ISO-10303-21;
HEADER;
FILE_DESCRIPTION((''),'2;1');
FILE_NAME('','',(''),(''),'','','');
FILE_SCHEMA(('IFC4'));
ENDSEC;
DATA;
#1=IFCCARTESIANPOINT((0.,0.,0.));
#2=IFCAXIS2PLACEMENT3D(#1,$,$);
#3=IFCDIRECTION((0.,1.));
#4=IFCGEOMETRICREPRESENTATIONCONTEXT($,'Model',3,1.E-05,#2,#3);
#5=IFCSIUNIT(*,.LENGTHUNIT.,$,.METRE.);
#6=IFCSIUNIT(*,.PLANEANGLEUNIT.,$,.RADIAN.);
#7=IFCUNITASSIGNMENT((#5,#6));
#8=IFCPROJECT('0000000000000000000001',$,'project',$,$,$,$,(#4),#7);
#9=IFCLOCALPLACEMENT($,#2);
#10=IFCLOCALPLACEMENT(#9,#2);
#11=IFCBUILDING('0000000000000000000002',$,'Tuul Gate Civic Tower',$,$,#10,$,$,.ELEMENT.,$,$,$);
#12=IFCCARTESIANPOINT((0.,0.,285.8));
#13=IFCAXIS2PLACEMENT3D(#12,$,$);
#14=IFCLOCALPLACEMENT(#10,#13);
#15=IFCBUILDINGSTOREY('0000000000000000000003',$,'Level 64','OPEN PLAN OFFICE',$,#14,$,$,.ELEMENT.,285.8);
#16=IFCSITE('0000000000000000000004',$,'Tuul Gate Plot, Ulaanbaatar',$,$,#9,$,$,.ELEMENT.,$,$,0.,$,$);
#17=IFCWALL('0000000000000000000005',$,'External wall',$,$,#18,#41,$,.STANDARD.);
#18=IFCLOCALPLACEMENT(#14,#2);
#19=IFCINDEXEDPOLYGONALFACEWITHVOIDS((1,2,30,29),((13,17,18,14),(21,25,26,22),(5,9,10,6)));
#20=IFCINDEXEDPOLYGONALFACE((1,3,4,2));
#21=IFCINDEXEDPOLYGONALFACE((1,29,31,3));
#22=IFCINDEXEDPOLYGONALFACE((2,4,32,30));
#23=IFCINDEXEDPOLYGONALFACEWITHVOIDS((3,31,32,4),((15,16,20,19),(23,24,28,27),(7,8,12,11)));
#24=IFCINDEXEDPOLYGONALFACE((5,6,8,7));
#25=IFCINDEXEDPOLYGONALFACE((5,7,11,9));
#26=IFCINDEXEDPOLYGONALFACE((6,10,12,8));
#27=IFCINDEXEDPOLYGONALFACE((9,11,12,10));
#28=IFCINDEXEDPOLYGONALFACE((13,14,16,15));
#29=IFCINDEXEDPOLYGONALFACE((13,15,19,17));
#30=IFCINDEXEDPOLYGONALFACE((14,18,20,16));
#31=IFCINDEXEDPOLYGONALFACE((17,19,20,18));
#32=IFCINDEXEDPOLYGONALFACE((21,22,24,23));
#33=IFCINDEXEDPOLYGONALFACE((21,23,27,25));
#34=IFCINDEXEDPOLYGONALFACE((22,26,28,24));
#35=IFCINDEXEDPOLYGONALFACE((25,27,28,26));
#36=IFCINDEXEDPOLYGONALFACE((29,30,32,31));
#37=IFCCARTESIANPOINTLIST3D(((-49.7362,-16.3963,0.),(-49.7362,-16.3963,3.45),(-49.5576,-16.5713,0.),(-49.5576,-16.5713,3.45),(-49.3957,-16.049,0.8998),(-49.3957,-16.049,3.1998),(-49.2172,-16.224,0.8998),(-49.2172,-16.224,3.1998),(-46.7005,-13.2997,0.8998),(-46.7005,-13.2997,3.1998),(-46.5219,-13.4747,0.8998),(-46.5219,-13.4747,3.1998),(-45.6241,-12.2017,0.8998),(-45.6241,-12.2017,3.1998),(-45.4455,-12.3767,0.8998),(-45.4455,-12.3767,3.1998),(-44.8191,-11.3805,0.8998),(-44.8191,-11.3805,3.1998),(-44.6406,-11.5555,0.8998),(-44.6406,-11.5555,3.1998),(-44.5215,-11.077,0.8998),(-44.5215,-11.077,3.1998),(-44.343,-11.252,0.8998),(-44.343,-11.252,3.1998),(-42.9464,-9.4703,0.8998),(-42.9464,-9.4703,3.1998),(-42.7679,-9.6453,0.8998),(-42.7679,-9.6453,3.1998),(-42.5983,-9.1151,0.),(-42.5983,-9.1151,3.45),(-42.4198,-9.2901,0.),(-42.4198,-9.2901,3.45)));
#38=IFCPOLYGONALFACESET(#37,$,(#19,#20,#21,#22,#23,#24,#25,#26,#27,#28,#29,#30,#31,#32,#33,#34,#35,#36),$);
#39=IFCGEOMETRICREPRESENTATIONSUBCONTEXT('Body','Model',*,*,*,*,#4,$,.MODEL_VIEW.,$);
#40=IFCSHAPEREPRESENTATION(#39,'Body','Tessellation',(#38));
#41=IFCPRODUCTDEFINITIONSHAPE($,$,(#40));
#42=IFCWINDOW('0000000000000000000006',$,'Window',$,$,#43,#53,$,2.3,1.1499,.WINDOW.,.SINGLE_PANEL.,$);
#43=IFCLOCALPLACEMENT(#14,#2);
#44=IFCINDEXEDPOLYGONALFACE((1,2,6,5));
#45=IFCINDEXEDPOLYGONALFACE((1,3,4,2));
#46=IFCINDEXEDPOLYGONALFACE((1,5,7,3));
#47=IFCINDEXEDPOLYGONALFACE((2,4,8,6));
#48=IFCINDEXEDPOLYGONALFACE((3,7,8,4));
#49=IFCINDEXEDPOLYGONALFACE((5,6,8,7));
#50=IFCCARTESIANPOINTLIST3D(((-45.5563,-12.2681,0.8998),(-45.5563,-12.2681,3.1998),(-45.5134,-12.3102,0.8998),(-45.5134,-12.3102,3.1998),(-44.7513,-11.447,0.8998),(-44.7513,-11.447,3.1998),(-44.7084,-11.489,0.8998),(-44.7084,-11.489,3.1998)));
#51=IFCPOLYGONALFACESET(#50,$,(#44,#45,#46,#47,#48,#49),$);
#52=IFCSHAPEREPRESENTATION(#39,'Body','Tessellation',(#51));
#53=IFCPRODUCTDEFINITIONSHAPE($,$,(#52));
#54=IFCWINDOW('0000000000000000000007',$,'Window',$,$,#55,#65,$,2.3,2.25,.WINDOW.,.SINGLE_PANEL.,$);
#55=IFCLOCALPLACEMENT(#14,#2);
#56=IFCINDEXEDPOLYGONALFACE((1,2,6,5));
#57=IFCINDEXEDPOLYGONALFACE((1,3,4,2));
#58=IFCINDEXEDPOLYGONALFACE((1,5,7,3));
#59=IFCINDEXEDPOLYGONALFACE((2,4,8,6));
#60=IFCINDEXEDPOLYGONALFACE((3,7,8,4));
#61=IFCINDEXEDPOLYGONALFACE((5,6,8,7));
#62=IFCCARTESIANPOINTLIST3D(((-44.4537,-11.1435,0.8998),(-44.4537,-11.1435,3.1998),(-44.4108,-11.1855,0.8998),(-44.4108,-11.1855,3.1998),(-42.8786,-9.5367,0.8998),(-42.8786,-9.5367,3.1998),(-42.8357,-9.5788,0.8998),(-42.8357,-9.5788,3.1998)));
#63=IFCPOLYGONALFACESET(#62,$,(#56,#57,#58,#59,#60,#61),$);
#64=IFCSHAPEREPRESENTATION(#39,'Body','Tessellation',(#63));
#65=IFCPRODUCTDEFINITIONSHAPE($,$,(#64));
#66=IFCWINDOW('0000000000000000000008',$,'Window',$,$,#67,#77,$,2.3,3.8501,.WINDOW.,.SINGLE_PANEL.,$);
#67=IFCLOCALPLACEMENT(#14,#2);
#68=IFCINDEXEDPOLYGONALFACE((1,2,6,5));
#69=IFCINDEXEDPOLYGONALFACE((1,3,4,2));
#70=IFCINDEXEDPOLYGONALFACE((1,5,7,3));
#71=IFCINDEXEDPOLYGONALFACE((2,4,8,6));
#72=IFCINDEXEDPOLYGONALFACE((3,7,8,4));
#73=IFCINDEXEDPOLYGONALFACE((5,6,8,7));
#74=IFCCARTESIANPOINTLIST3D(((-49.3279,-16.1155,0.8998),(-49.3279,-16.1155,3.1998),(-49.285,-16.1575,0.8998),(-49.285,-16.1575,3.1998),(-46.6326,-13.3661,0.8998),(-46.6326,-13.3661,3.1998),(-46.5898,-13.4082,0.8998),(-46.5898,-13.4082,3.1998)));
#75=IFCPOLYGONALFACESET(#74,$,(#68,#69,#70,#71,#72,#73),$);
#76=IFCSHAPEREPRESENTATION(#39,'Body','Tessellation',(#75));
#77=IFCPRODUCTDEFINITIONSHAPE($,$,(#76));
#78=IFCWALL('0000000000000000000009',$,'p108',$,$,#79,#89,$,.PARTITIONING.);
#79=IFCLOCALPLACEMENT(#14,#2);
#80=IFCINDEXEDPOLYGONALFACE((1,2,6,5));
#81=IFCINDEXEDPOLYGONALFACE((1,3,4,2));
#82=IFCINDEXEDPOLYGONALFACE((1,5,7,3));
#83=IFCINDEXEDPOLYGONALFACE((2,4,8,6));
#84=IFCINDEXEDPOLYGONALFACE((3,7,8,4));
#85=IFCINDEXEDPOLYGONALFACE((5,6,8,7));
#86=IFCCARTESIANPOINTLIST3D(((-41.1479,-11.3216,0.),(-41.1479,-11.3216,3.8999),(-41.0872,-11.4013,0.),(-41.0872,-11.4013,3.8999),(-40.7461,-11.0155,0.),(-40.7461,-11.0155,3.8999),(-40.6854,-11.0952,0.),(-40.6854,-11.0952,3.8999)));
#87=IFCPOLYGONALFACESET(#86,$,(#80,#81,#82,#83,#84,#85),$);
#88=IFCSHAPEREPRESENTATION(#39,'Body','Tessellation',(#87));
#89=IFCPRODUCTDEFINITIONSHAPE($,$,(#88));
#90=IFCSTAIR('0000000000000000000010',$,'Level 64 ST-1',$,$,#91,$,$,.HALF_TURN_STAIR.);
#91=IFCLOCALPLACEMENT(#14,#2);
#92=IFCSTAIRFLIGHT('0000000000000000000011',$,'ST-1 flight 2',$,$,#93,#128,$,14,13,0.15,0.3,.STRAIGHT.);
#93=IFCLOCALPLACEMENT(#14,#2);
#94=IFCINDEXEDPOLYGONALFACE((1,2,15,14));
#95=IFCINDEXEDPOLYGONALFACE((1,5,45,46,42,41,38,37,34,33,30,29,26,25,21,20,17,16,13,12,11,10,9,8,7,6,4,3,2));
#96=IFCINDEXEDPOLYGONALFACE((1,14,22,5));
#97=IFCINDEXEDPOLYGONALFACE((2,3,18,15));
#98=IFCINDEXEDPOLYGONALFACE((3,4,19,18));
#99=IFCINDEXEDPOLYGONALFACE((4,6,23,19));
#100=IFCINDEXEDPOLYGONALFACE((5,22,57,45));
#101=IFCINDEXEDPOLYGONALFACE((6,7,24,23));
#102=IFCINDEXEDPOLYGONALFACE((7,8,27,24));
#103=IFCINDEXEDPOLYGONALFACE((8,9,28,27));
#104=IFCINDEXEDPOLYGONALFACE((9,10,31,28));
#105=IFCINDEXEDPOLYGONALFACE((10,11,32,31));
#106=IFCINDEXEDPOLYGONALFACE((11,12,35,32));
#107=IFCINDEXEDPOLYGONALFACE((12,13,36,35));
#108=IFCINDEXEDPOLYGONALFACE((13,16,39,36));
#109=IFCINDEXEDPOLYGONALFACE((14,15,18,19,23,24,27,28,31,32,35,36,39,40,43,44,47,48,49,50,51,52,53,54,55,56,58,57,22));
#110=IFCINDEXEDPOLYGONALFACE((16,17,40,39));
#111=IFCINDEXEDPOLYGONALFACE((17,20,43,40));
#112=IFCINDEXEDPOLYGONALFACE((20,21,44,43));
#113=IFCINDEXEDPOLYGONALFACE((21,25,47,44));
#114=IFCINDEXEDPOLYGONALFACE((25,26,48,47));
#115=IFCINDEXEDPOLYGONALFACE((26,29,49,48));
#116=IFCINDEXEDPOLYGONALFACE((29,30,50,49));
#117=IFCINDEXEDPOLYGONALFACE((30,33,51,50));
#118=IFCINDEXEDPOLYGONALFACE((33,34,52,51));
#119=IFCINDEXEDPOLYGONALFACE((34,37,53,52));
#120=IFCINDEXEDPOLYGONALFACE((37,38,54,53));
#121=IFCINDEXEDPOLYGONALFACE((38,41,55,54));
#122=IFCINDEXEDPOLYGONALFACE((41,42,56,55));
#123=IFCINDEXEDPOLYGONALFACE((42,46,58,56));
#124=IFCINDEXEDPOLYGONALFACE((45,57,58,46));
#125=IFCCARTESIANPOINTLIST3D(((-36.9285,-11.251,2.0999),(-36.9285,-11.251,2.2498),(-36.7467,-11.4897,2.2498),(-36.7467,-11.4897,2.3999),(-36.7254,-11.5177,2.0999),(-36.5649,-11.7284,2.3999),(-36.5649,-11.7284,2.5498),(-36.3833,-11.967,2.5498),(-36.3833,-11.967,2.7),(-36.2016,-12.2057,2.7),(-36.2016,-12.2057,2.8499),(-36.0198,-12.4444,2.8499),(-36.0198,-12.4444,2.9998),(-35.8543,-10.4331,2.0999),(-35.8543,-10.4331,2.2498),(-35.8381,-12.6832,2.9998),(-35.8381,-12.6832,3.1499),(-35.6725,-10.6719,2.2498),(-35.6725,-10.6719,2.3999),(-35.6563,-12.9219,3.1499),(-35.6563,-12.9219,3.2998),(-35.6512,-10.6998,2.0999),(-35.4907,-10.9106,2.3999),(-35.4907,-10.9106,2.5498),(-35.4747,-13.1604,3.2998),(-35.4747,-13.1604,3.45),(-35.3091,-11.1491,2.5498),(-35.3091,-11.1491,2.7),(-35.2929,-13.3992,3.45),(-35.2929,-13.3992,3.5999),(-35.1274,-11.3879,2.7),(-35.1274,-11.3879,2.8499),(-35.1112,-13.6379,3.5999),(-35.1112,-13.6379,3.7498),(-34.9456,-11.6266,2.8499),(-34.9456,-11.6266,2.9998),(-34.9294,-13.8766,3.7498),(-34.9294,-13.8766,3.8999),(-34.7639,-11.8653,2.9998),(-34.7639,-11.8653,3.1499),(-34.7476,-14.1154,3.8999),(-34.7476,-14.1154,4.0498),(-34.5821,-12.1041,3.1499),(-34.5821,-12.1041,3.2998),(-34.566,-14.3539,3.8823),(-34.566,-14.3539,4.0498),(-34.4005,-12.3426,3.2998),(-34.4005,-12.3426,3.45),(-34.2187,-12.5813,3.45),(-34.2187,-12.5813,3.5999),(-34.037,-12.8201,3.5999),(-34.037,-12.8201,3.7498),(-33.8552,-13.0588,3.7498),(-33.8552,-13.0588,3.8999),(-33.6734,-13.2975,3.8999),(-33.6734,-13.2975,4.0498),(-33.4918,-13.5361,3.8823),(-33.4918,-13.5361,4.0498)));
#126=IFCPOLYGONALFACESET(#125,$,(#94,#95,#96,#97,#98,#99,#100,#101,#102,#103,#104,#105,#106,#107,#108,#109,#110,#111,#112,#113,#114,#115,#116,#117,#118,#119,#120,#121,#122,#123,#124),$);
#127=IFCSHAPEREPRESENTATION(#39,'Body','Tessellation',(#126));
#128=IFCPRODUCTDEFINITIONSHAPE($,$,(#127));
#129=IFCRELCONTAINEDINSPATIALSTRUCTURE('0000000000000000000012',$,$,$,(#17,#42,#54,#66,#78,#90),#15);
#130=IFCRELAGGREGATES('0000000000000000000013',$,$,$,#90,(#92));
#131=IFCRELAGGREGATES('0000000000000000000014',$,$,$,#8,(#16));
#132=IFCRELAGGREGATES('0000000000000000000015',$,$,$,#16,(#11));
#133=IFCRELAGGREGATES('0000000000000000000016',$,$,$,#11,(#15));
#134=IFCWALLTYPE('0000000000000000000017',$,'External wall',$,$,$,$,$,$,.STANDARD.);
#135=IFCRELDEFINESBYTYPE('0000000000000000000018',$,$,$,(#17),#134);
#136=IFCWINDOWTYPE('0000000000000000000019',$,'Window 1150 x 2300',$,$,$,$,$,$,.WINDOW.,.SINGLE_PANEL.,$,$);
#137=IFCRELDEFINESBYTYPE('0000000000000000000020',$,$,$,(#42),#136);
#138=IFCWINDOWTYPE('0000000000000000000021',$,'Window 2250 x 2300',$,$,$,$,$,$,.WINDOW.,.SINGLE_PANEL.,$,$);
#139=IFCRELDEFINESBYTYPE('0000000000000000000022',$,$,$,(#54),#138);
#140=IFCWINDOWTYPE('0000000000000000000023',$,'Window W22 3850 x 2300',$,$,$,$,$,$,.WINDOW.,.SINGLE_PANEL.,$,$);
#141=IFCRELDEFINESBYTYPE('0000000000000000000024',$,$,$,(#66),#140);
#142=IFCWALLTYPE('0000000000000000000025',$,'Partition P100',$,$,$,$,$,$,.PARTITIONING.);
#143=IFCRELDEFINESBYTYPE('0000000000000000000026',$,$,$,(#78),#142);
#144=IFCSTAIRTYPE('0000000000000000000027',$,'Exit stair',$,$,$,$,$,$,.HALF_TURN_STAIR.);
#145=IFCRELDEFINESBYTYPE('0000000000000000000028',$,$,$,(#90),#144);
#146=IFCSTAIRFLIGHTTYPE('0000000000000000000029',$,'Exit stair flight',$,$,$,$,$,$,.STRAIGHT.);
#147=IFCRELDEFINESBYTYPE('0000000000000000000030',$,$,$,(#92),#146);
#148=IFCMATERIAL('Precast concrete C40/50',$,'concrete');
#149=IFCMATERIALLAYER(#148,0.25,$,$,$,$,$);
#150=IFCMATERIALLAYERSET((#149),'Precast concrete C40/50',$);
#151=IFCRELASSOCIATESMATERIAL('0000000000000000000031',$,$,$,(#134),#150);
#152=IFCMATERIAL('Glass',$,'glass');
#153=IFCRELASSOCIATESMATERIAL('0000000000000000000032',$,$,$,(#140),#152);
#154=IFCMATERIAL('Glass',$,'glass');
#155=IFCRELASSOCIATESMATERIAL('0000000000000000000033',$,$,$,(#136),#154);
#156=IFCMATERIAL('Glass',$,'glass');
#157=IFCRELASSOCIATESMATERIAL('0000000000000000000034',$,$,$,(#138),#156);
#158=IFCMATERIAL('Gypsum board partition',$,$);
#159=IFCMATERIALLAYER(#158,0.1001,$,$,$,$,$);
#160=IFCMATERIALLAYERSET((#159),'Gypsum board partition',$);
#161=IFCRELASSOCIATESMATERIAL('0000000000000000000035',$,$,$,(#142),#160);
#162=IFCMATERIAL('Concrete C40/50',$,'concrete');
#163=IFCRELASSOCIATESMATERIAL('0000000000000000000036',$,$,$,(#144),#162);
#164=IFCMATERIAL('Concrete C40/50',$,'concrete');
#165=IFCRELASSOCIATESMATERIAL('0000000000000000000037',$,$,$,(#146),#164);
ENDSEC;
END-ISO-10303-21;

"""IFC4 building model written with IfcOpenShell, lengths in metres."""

from ifc_helpers import new_model, si_unit, direction, frame, frame_2d, origin, place, context, subcontext, project, spatial, polyline, rectangle, outline, extrude, material, layer, layer_set, type_object, element, fill, aggregate, save


model = new_model("IFC4")

# Units and contexts
model_context = context("Model", 3, precision=1e-05, world=origin(), true_north=direction((0.0, 1.0)))
body_context = subcontext(model_context, "Body", "Model", "MODEL_VIEW")
ifc_project = project(units=[si_unit("LENGTHUNIT", "METRE"), si_unit("PLANEANGLEUNIT", "RADIAN")], contexts=[model_context])

# Site, building, storey
site_placement = place(None, origin())
site = spatial("IfcSite", under=ifc_project, at=site_placement, Name="Tuul Gate Plot, Ulaanbaatar", CompositionType="ELEMENT", RefElevation=0.0)
building_placement = place(site_placement, origin())
building = spatial("IfcBuilding", under=site, at=building_placement, Name="Tuul Gate Civic Tower", CompositionType="ELEMENT")
storey_placement = place(building_placement, frame((0.0, 0.0, 285.8)))
storey = spatial("IfcBuildingStorey", under=building, at=storey_placement, Name="Level 64", Description="OPEN PLAN OFFICE", CompositionType="ELEMENT", Elevation=285.8)

# Wall, openings, windows
ifc_material_1 = material(Name="Precast concrete C40/50", Category="concrete")
ifc_layer_1 = layer(ifc_material_1, 0.25)
ifc_layer_set_1 = layer_set([ifc_layer_1], Name="Precast concrete C40/50")
wall_type_1 = type_object("IfcWallType", Name="External wall", PredefinedType="STANDARD", material=ifc_layer_set_1)
ifc_material_2 = material(Name="Glass", Category="glass")
window_type_1 = type_object("IfcWindowType", Name="Window W22 3850 x 2300", PartitioningType="SINGLE_PANEL", PredefinedType="WINDOW", material=ifc_material_2)
wall_1_placement = place(storey_placement, frame((-42.509, -9.2026, 0.0), z_axis=(0.0, 0.0, 1.0), x_axis=(-0.700044, -0.714099, 0.0)))
wall_1 = element("IfcWall", 1, at=wall_1_placement, inside=storey, type_object=wall_type_1, Name="External wall", PredefinedType="STANDARD", context=body_context, shape_type="SweptSolid", body=[
    extrude(rectangle(XDim=10.1963, YDim=0.25, at=frame_2d((5.0981, 0.0))), origin(), (0.0, 0.0, 1.0), 3.45),
])
opening_1_placement = place(wall_1_placement, frame((5.8599, 0.0, 0.8999)))
opening_1 = element("IfcOpeningElement", 2, at=opening_1_placement, cuts=wall_1, PredefinedType="OPENING", context=body_context, shape_type="SweptSolid", body=[
    extrude(rectangle(XDim=3.8501, YDim=2.3, at=frame_2d((1.925, 1.1499))), frame((0.0, 0.135, 0.0), z_axis=(0.0, -1.0, 0.0), x_axis=(1.0, 0.0, 0.0)), (0.0, 0.0, 1.0), 0.27),
])
opening_2_placement = place(wall_1_placement, frame((0.4973, 0.0, 0.8999)))
opening_2 = element("IfcOpeningElement", 3, at=opening_2_placement, cuts=wall_1, PredefinedType="OPENING", context=body_context, shape_type="SweptSolid", body=[
    extrude(rectangle(XDim=2.25, YDim=2.3, at=frame_2d((1.125, 1.1499))), frame((0.0, 0.135, 0.0), z_axis=(0.0, -1.0, 0.0), x_axis=(1.0, 0.0, 0.0)), (0.0, 0.0, 1.0), 0.27),
])
opening_3_placement = place(wall_1_placement, frame((3.1724, 0.0, 0.8999)))
opening_3 = element("IfcOpeningElement", 4, at=opening_3_placement, cuts=wall_1, PredefinedType="OPENING", context=body_context, shape_type="SweptSolid", body=[
    extrude(rectangle(XDim=1.1499, YDim=2.3, at=frame_2d((0.575, 1.1499))), frame((0.0, 0.135, 0.0), z_axis=(0.0, -1.0, 0.0), x_axis=(1.0, 0.0, 0.0)), (0.0, 0.0, 1.0), 0.27),
])
ifc_material_3 = material(Name="Glass", Category="glass")
window_type_2 = type_object("IfcWindowType", Name="Window 1150 x 2300", PartitioningType="SINGLE_PANEL", PredefinedType="WINDOW", material=ifc_material_3)
window_1_placement = place(opening_3_placement, origin())
window_1 = element("IfcWindow", 5, at=window_1_placement, inside=storey, type_object=window_type_2, Name="Window", OverallHeight=2.3, OverallWidth=1.1499, PartitioningType="SINGLE_PANEL", PredefinedType="WINDOW", context=body_context, shape_type="SweptSolid", body=[
    extrude(rectangle(XDim=1.1499, YDim=2.3, at=frame_2d((0.575, 1.1499))), frame((0.0, 0.03, 0.0), z_axis=(0.0, -1.0, 0.0), x_axis=(1.0, 0.0, 0.0)), (0.0, 0.0, 1.0), 0.0601),
])
fill(opening_3, window_1)
ifc_material_4 = material(Name="Glass", Category="glass")
window_type_3 = type_object("IfcWindowType", Name="Window 2250 x 2300", PartitioningType="SINGLE_PANEL", PredefinedType="WINDOW", material=ifc_material_4)
window_2_placement = place(opening_2_placement, origin())
window_2 = element("IfcWindow", 6, at=window_2_placement, inside=storey, type_object=window_type_3, Name="Window", OverallHeight=2.3, OverallWidth=2.25, PartitioningType="SINGLE_PANEL", PredefinedType="WINDOW", context=body_context, shape_type="SweptSolid", body=[
    extrude(rectangle(XDim=2.25, YDim=2.3, at=frame_2d((1.125, 1.1499))), frame((0.0, 0.03, 0.0), z_axis=(0.0, -1.0, 0.0), x_axis=(1.0, 0.0, 0.0)), (0.0, 0.0, 1.0), 0.0601),
])
fill(opening_2, window_2)
window_3_placement = place(opening_1_placement, origin())
window_3 = element("IfcWindow", 7, at=window_3_placement, inside=storey, type_object=window_type_1, Name="Window", OverallHeight=2.3, OverallWidth=3.8501, PartitioningType="SINGLE_PANEL", PredefinedType="WINDOW", context=body_context, shape_type="SweptSolid", body=[
    extrude(rectangle(XDim=3.8501, YDim=2.3, at=frame_2d((1.925, 1.1499))), frame((0.0, 0.03, 0.0), z_axis=(0.0, -1.0, 0.0), x_axis=(1.0, 0.0, 0.0)), (0.0, 0.0, 1.0), 0.0601),
])
fill(opening_1, window_3)

# Wall
ifc_material_5 = material(Name="Gypsum board partition")
ifc_layer_2 = layer(ifc_material_5, 0.1001)
ifc_layer_set_2 = layer_set([ifc_layer_2], Name="Gypsum board partition")
wall_type_2 = type_object("IfcWallType", Name="Partition P100", PredefinedType="PARTITIONING", material=ifc_layer_set_2)
wall_2_placement = place(storey_placement, frame((-40.7158, -11.0554, 0.0), z_axis=(0.0, 0.0, 1.0), x_axis=(-0.795454, -0.606014, 0.0)))
element("IfcWall", 8, at=wall_2_placement, inside=storey, type_object=wall_type_2, Name="p108", PredefinedType="PARTITIONING", context=body_context, shape_type="SweptSolid", body=[
    extrude(rectangle(XDim=0.5051, YDim=0.1001, at=frame_2d((0.2524, 0.0))), origin(), (0.0, 0.0, 1.0), 3.8999),
])

# Stair, stair flight
ifc_material_6 = material(Name="Concrete C40/50", Category="concrete")
stair_type = type_object("IfcStairType", Name="Exit stair", PredefinedType="HALF_TURN_STAIR", material=ifc_material_6)
stair_placement = place(storey_placement, origin())
stair = element("IfcStair", 9, at=stair_placement, inside=storey, type_object=stair_type, Name="Level 64 ST-1", PredefinedType="HALF_TURN_STAIR")
ifc_material_7 = material(Name="Concrete C40/50", Category="concrete")
stair_flight_type = type_object("IfcStairFlightType", Name="Exit stair flight", PredefinedType="STRAIGHT", material=ifc_material_7)
stair_flight_placement = place(storey_placement, frame((-36.3914, -10.842, 2.0999), z_axis=(0.0, 0.0, 1.0), x_axis=(0.605764, -0.795644, 0.0)))
stair_flight = element("IfcStairFlight", 10, at=stair_flight_placement, type_object=stair_flight_type, Name="ST-1 flight 2", NumberOfRisers=14, NumberOfTreads=13, PredefinedType="STRAIGHT", RiserHeight=0.15, TreadLength=0.3, context=body_context, shape_type="SweptSolid", body=[
    extrude(outline(polyline([(0.0, 0.0), (0.0, 0.1499), (0.3, 0.1499), (0.3, 0.3), (0.6001, 0.3), (0.6001, 0.45), (0.8999, 0.45), (0.8999, 0.6001), (1.2, 0.6001), (1.2, 0.75), (1.5, 0.75), (1.5, 0.8999), (1.8, 0.8999), (1.8, 1.05), (2.1001, 1.05), (2.1001, 1.2), (2.3999, 1.2), (2.3999, 1.3501), (2.7, 1.3501), (2.7, 1.5), (3.0, 1.5), (3.0, 1.6499), (3.3, 1.6499), (3.3, 1.8), (3.6001, 1.8), (3.6001, 1.95), (3.8999, 1.95), (3.8999, 2.1001), (3.8999, 1.7825), (0.3352, 0.0), (0.0, 0.0)])), frame((0.0, 0.675, 0.0), z_axis=(0.0, -1.0, 0.0), x_axis=(1.0, 0.0, 0.0)), (0.0, 0.0, 1.0), 1.3501),
])
aggregate(stair, [stair_flight])

save(model, "model.ifc")
